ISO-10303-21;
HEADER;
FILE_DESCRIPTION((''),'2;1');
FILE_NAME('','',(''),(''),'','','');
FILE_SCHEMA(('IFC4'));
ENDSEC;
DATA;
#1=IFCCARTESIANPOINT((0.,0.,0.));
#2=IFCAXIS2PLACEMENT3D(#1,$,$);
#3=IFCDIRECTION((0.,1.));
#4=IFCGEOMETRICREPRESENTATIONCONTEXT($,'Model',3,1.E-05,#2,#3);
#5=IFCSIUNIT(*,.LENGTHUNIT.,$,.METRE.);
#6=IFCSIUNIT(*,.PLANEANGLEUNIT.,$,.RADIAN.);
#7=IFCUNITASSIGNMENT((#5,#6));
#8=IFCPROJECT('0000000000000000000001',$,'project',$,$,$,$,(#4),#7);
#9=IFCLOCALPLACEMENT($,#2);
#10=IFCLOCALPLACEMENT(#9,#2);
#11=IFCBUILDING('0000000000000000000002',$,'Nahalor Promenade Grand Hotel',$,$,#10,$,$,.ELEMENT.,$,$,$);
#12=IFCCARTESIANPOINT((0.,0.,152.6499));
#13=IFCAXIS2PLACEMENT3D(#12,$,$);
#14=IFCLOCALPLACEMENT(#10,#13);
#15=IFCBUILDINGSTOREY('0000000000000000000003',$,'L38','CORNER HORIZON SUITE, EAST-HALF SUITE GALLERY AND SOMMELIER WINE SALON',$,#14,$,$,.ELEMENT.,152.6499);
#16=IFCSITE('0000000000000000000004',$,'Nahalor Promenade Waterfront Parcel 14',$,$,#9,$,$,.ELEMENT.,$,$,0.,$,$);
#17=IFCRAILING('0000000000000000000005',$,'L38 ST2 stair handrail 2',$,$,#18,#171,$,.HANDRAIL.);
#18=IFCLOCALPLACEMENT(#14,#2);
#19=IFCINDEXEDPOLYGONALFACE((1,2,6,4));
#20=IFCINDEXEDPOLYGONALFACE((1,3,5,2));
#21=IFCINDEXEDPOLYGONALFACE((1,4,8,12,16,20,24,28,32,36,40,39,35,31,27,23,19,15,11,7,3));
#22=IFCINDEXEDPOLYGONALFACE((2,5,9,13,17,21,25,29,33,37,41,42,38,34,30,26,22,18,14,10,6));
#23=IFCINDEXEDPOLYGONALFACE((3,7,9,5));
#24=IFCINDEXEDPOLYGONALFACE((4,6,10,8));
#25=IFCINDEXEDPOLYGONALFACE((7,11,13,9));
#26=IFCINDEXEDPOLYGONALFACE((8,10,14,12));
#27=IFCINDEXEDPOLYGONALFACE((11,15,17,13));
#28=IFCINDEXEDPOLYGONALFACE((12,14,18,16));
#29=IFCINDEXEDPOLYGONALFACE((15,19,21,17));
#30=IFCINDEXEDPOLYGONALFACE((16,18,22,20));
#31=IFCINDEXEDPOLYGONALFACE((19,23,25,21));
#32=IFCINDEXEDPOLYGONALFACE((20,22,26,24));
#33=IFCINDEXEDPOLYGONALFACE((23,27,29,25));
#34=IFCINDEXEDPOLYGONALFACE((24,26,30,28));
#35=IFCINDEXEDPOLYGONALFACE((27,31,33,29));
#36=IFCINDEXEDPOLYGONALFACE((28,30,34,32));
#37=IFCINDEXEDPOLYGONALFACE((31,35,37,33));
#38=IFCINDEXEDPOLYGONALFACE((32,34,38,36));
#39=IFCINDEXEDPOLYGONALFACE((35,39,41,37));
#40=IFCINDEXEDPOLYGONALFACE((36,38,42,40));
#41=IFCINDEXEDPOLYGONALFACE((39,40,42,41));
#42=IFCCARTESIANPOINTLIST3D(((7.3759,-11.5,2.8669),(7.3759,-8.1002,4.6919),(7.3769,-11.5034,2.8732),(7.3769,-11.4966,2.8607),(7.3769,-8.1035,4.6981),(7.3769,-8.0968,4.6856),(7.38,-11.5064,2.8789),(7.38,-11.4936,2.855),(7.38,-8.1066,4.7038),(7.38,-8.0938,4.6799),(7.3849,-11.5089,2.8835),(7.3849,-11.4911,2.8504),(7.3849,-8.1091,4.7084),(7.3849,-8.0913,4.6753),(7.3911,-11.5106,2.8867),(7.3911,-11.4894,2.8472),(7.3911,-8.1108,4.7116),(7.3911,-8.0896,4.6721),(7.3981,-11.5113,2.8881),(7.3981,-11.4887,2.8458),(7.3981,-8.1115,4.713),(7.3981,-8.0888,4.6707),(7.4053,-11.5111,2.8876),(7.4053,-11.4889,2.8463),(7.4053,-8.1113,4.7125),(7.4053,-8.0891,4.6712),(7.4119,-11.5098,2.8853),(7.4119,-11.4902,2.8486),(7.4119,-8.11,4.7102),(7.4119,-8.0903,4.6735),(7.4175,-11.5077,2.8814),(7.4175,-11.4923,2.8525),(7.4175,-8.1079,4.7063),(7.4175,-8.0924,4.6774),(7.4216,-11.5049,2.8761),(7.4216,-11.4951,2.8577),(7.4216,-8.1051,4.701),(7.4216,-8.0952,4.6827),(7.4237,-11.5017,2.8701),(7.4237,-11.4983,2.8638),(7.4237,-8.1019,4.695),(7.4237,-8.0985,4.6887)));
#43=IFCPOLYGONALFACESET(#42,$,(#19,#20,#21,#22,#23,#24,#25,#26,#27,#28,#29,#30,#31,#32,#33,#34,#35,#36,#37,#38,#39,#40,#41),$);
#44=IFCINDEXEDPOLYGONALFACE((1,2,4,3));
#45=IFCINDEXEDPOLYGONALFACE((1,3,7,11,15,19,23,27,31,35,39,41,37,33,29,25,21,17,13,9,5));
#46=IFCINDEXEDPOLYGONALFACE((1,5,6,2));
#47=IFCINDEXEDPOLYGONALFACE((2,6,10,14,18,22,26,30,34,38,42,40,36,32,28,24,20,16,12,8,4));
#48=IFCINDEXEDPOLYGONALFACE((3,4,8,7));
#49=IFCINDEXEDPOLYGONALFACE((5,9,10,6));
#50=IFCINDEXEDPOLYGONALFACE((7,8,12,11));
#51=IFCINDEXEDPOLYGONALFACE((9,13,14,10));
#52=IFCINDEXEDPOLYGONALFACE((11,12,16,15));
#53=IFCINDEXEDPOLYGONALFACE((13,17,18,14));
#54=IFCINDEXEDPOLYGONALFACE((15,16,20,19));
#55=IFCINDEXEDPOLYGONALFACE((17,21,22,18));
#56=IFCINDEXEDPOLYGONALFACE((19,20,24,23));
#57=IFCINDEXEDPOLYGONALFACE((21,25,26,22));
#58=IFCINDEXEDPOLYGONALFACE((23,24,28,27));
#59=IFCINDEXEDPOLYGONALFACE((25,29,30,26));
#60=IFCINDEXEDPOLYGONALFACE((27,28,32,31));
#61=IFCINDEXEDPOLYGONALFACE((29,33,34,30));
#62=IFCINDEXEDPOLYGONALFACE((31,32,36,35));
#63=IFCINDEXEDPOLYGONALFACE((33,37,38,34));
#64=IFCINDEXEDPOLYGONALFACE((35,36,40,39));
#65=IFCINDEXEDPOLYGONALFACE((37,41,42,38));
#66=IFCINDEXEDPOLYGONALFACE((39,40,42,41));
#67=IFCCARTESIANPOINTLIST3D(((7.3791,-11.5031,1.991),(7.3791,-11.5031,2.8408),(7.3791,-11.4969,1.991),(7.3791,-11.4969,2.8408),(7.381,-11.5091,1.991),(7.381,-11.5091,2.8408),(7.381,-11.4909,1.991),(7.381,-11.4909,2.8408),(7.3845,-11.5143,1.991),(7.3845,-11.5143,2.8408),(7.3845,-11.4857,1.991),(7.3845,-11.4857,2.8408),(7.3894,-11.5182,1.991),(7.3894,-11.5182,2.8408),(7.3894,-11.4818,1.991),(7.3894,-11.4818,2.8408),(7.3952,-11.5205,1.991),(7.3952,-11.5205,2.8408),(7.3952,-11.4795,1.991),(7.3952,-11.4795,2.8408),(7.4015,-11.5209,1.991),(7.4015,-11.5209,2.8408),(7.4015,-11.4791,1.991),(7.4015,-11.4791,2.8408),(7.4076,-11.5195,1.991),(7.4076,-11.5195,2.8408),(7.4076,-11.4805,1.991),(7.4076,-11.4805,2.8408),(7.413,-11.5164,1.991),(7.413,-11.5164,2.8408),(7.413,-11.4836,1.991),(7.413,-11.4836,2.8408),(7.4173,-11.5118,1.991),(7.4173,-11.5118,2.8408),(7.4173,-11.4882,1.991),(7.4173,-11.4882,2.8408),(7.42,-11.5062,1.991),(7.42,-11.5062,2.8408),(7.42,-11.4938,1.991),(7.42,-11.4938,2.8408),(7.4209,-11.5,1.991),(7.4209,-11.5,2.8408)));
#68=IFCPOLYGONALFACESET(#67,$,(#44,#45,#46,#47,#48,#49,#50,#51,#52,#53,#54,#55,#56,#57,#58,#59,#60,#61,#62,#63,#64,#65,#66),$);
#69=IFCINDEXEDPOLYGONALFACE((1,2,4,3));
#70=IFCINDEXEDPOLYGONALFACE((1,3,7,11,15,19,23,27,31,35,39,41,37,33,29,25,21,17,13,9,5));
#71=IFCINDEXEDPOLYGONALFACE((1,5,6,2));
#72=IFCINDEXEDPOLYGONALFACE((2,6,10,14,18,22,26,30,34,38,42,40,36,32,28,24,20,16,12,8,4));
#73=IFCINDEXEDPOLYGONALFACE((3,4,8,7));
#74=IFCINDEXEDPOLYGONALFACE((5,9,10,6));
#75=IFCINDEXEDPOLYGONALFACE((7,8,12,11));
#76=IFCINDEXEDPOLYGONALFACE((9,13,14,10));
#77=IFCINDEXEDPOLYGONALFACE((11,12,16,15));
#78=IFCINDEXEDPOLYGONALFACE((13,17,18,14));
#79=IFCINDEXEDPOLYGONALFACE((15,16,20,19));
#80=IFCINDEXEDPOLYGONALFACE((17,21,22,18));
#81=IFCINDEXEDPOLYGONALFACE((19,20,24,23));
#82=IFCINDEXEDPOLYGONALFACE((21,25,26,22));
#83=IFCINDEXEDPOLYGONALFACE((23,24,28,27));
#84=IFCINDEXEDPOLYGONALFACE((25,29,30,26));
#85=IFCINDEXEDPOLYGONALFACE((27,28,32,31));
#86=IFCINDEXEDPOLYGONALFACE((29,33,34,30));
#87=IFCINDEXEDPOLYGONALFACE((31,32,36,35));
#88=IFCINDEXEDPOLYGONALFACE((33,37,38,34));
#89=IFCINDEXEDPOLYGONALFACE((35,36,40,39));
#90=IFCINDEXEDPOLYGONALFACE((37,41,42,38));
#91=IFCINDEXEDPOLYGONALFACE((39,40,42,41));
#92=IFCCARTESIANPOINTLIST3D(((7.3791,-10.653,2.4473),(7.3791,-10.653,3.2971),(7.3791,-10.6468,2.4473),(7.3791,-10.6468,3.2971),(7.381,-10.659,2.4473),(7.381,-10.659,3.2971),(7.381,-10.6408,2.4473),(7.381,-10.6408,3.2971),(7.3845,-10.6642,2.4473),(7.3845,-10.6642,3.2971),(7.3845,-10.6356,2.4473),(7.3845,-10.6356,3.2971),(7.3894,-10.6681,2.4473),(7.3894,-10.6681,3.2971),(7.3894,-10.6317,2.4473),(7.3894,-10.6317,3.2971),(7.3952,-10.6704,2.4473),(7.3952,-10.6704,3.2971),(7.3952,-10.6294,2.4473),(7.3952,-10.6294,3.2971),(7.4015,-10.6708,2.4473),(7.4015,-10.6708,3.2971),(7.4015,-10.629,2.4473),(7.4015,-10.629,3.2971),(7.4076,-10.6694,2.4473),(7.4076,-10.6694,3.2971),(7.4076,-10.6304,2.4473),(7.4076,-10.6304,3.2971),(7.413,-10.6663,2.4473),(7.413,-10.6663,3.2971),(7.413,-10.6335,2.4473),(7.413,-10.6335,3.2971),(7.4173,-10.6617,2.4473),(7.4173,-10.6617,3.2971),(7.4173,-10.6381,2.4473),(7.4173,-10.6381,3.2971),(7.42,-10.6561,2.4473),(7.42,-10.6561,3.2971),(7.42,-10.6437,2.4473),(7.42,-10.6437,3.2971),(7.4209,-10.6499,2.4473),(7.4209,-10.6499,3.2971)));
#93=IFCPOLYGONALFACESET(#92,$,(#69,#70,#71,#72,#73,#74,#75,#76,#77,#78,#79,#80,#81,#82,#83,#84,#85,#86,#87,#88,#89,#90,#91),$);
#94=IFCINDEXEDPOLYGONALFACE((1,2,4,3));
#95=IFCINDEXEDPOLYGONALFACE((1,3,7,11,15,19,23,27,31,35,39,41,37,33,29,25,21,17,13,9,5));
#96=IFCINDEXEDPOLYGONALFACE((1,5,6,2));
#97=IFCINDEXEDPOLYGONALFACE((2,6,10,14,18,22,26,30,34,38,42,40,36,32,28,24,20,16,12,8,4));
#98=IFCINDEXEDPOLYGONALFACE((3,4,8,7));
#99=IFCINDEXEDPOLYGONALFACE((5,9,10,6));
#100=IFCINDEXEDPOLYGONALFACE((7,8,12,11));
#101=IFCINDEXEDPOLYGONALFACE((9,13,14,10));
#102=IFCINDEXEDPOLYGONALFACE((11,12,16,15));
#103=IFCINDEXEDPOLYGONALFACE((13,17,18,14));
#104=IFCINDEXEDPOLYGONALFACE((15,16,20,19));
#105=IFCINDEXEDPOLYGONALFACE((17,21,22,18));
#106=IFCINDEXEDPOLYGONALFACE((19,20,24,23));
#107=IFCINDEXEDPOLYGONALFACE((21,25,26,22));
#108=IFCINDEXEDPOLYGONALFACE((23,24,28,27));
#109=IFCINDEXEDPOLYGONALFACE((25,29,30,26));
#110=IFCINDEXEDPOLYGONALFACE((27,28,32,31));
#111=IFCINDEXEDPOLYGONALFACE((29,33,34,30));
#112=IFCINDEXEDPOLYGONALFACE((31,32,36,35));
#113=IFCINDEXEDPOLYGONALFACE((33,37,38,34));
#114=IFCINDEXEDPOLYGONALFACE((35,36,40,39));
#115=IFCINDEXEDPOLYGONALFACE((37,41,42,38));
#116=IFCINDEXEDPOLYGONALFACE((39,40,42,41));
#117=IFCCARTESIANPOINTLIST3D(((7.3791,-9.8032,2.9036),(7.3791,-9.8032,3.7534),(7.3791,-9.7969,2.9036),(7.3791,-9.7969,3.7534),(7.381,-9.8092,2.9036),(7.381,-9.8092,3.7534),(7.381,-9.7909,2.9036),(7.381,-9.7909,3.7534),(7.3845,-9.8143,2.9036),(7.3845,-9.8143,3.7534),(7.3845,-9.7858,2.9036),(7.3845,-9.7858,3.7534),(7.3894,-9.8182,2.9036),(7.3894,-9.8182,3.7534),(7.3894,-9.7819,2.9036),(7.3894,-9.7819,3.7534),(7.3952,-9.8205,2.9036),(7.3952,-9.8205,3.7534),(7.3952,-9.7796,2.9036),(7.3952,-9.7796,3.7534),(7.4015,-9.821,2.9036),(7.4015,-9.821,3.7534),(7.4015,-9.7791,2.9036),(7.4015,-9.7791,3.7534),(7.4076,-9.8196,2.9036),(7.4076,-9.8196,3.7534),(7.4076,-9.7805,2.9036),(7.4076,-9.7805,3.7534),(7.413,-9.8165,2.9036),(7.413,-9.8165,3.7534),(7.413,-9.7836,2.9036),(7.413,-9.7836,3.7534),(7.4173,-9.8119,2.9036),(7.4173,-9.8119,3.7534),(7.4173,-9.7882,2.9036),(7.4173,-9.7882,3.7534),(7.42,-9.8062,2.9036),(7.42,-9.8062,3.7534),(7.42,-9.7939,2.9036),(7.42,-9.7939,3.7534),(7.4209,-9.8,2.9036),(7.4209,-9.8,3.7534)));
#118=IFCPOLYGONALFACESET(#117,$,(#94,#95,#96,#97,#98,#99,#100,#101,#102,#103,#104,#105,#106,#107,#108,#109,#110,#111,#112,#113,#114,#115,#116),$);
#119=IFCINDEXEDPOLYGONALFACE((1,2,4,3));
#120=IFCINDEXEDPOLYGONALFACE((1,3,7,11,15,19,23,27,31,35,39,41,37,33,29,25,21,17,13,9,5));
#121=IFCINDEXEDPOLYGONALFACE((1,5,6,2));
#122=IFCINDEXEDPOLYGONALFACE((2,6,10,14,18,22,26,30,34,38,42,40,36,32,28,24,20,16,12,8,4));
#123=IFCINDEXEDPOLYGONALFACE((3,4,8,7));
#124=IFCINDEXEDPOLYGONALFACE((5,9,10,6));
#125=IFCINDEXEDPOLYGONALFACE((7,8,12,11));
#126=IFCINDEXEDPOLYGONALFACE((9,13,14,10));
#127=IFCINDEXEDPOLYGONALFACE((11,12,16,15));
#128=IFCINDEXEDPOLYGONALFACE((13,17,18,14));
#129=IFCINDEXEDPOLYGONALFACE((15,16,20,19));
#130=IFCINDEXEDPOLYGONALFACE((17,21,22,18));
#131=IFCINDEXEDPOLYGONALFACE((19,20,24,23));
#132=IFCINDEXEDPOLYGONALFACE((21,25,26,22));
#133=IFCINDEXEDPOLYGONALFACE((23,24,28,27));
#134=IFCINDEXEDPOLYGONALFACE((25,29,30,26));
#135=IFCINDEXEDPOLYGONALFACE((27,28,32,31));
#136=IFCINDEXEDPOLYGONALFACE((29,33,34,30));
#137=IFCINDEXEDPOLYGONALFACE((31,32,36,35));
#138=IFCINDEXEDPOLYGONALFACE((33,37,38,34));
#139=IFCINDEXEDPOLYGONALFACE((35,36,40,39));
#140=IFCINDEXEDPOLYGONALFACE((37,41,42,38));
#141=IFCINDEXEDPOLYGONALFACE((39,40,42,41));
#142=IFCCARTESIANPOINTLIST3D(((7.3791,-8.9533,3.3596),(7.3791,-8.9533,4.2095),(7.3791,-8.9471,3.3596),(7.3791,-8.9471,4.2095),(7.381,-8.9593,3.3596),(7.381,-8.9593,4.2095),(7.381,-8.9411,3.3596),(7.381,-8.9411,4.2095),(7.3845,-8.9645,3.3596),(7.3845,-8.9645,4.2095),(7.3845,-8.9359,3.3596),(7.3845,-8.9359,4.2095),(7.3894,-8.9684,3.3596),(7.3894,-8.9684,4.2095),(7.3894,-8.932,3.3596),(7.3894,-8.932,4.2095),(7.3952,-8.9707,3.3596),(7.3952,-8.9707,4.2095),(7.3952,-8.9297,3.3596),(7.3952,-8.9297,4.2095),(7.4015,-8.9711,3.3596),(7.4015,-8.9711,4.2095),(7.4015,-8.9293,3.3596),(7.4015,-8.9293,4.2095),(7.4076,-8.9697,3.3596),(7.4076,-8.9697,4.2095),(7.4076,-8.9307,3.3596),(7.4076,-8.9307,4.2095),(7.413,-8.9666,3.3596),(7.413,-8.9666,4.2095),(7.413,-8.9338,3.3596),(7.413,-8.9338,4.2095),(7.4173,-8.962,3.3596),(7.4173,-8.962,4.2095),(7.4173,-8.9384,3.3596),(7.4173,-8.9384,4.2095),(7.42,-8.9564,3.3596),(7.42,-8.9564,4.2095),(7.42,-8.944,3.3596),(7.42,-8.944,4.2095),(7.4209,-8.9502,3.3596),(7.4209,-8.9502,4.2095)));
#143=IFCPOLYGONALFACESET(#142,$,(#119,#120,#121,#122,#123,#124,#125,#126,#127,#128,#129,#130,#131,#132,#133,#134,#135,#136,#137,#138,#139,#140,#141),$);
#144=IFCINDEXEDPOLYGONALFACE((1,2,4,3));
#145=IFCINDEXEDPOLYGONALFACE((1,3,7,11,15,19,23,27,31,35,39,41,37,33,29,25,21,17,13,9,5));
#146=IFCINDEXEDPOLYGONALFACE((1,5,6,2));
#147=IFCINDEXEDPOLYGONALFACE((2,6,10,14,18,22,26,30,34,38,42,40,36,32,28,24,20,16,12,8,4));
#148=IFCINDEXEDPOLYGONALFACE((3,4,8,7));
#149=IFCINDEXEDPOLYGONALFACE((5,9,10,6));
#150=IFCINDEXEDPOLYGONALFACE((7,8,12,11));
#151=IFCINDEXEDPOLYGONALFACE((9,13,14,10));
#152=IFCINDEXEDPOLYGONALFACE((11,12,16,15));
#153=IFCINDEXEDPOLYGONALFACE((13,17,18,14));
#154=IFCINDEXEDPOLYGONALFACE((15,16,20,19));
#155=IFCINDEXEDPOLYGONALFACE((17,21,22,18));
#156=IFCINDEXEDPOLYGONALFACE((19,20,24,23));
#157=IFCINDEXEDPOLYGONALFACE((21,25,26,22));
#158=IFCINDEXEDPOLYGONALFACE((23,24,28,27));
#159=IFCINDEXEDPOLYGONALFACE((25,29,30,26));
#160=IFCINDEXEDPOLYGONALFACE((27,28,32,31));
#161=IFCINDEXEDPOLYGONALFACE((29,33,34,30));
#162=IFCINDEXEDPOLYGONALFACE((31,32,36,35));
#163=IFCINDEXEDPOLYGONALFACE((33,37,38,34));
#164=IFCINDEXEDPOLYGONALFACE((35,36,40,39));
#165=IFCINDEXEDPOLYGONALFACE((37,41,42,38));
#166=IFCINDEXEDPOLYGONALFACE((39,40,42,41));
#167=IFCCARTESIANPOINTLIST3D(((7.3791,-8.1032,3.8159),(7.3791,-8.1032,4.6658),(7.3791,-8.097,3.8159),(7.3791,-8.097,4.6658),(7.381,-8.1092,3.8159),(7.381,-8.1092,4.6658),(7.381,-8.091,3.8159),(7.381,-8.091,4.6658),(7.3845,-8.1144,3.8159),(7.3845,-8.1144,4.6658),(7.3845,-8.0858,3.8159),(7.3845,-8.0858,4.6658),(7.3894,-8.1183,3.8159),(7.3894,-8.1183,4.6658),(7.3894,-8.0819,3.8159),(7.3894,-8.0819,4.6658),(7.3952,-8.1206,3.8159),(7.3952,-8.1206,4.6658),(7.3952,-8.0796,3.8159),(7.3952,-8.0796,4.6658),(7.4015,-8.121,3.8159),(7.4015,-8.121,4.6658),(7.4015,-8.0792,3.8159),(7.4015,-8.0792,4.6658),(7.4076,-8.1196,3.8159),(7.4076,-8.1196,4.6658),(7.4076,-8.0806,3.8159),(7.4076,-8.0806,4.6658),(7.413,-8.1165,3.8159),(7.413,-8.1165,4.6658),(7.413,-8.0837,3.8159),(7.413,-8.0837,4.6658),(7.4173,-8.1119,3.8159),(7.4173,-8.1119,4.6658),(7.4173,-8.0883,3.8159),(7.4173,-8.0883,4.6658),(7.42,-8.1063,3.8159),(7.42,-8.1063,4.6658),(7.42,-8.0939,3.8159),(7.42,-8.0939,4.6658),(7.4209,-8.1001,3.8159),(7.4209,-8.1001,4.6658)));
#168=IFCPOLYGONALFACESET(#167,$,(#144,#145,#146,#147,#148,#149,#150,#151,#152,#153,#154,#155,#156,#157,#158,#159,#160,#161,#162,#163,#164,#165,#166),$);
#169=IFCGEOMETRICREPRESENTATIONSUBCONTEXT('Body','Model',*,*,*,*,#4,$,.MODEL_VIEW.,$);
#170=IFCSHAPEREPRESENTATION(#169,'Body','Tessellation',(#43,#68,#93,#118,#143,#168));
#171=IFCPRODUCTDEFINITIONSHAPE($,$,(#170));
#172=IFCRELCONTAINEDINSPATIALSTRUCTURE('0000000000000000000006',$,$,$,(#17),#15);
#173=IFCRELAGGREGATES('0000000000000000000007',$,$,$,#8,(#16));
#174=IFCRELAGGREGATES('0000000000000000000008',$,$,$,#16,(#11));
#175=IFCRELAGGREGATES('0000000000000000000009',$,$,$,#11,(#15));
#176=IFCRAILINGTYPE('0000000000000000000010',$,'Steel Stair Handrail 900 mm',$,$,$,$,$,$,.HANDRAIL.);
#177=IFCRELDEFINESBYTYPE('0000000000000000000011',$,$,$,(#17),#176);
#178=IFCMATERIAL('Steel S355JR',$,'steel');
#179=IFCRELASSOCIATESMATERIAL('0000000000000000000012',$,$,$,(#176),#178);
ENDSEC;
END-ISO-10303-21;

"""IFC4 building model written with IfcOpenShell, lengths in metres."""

from ifc_helpers import new_model, si_unit, direction, frame, origin, origin_2d, place, context, subcontext, project, spatial, circle, extrude, material, type_object, element, save


model = new_model("IFC4")

# Units and contexts
model_context = context("Model", 3, precision=1e-05, world=origin(), true_north=direction((0.0, 1.0)))
body_context = subcontext(model_context, "Body", "Model", "MODEL_VIEW")
ifc_project = project(units=[si_unit("LENGTHUNIT", "METRE"), si_unit("PLANEANGLEUNIT", "RADIAN")], contexts=[model_context])

# Site, building, storey
site_placement = place(None, origin())
site = spatial("IfcSite", under=ifc_project, at=site_placement, Name="Nahalor Promenade Waterfront Parcel 14", CompositionType="ELEMENT", RefElevation=0.0)
building_placement = place(site_placement, origin())
building = spatial("IfcBuilding", under=site, at=building_placement, Name="Nahalor Promenade Grand Hotel", CompositionType="ELEMENT")
storey_placement = place(building_placement, frame((0.0, 0.0, 152.6499)))
storey = spatial("IfcBuildingStorey", under=building, at=storey_placement, Name="L38", Description="CORNER HORIZON SUITE, EAST-HALF SUITE GALLERY AND SOMMELIER WINE SALON", CompositionType="ELEMENT", Elevation=152.6499)

# Shared definitions
ifc_material_1 = material(Name="Steel S355JR", Category="steel")

# Railing
railing_type_1 = type_object("IfcRailingType", Name="Steel Stair Handrail 900 mm", PredefinedType="HANDRAIL", material=ifc_material_1)
railing_1_placement = place(storey_placement, frame((7.3999, -11.5, 1.991)))
element("IfcRailing", 1, at=railing_1_placement, inside=storey, type_object=railing_type_1, Name="L38 ST2 stair handrail 2", PredefinedType="HANDRAIL", context=body_context, shape_type="SweptSolid", body=[
    extrude(circle(Radius=0.024, at=origin_2d()), frame((0.0, 0.0, 0.876), z_axis=(0.0, 0.881094, 0.472941), x_axis=(-1.0, 0.0, 0.0)), (0.0, 0.0, 1.0), 3.8586),
    extrude(circle(Radius=0.021, at=origin_2d()), origin(), (0.0, 0.0, 1.0), 0.8499),
    extrude(circle(Radius=0.021, at=origin_2d()), frame((0.0, 0.8501, 0.4563)), (0.0, 0.0, 1.0), 0.8499),
    extrude(circle(Radius=0.021, at=origin_2d()), frame((0.0, 1.7, 0.9126)), (0.0, 0.0, 1.0), 0.8499),
    extrude(circle(Radius=0.021, at=origin_2d()), frame((0.0, 2.5498, 1.3687)), (0.0, 0.0, 1.0), 0.8499),
    extrude(circle(Radius=0.021, at=origin_2d()), frame((0.0, 3.3999, 1.825)), (0.0, 0.0, 1.0), 0.8499),
])

save(model, "model.ifc")
